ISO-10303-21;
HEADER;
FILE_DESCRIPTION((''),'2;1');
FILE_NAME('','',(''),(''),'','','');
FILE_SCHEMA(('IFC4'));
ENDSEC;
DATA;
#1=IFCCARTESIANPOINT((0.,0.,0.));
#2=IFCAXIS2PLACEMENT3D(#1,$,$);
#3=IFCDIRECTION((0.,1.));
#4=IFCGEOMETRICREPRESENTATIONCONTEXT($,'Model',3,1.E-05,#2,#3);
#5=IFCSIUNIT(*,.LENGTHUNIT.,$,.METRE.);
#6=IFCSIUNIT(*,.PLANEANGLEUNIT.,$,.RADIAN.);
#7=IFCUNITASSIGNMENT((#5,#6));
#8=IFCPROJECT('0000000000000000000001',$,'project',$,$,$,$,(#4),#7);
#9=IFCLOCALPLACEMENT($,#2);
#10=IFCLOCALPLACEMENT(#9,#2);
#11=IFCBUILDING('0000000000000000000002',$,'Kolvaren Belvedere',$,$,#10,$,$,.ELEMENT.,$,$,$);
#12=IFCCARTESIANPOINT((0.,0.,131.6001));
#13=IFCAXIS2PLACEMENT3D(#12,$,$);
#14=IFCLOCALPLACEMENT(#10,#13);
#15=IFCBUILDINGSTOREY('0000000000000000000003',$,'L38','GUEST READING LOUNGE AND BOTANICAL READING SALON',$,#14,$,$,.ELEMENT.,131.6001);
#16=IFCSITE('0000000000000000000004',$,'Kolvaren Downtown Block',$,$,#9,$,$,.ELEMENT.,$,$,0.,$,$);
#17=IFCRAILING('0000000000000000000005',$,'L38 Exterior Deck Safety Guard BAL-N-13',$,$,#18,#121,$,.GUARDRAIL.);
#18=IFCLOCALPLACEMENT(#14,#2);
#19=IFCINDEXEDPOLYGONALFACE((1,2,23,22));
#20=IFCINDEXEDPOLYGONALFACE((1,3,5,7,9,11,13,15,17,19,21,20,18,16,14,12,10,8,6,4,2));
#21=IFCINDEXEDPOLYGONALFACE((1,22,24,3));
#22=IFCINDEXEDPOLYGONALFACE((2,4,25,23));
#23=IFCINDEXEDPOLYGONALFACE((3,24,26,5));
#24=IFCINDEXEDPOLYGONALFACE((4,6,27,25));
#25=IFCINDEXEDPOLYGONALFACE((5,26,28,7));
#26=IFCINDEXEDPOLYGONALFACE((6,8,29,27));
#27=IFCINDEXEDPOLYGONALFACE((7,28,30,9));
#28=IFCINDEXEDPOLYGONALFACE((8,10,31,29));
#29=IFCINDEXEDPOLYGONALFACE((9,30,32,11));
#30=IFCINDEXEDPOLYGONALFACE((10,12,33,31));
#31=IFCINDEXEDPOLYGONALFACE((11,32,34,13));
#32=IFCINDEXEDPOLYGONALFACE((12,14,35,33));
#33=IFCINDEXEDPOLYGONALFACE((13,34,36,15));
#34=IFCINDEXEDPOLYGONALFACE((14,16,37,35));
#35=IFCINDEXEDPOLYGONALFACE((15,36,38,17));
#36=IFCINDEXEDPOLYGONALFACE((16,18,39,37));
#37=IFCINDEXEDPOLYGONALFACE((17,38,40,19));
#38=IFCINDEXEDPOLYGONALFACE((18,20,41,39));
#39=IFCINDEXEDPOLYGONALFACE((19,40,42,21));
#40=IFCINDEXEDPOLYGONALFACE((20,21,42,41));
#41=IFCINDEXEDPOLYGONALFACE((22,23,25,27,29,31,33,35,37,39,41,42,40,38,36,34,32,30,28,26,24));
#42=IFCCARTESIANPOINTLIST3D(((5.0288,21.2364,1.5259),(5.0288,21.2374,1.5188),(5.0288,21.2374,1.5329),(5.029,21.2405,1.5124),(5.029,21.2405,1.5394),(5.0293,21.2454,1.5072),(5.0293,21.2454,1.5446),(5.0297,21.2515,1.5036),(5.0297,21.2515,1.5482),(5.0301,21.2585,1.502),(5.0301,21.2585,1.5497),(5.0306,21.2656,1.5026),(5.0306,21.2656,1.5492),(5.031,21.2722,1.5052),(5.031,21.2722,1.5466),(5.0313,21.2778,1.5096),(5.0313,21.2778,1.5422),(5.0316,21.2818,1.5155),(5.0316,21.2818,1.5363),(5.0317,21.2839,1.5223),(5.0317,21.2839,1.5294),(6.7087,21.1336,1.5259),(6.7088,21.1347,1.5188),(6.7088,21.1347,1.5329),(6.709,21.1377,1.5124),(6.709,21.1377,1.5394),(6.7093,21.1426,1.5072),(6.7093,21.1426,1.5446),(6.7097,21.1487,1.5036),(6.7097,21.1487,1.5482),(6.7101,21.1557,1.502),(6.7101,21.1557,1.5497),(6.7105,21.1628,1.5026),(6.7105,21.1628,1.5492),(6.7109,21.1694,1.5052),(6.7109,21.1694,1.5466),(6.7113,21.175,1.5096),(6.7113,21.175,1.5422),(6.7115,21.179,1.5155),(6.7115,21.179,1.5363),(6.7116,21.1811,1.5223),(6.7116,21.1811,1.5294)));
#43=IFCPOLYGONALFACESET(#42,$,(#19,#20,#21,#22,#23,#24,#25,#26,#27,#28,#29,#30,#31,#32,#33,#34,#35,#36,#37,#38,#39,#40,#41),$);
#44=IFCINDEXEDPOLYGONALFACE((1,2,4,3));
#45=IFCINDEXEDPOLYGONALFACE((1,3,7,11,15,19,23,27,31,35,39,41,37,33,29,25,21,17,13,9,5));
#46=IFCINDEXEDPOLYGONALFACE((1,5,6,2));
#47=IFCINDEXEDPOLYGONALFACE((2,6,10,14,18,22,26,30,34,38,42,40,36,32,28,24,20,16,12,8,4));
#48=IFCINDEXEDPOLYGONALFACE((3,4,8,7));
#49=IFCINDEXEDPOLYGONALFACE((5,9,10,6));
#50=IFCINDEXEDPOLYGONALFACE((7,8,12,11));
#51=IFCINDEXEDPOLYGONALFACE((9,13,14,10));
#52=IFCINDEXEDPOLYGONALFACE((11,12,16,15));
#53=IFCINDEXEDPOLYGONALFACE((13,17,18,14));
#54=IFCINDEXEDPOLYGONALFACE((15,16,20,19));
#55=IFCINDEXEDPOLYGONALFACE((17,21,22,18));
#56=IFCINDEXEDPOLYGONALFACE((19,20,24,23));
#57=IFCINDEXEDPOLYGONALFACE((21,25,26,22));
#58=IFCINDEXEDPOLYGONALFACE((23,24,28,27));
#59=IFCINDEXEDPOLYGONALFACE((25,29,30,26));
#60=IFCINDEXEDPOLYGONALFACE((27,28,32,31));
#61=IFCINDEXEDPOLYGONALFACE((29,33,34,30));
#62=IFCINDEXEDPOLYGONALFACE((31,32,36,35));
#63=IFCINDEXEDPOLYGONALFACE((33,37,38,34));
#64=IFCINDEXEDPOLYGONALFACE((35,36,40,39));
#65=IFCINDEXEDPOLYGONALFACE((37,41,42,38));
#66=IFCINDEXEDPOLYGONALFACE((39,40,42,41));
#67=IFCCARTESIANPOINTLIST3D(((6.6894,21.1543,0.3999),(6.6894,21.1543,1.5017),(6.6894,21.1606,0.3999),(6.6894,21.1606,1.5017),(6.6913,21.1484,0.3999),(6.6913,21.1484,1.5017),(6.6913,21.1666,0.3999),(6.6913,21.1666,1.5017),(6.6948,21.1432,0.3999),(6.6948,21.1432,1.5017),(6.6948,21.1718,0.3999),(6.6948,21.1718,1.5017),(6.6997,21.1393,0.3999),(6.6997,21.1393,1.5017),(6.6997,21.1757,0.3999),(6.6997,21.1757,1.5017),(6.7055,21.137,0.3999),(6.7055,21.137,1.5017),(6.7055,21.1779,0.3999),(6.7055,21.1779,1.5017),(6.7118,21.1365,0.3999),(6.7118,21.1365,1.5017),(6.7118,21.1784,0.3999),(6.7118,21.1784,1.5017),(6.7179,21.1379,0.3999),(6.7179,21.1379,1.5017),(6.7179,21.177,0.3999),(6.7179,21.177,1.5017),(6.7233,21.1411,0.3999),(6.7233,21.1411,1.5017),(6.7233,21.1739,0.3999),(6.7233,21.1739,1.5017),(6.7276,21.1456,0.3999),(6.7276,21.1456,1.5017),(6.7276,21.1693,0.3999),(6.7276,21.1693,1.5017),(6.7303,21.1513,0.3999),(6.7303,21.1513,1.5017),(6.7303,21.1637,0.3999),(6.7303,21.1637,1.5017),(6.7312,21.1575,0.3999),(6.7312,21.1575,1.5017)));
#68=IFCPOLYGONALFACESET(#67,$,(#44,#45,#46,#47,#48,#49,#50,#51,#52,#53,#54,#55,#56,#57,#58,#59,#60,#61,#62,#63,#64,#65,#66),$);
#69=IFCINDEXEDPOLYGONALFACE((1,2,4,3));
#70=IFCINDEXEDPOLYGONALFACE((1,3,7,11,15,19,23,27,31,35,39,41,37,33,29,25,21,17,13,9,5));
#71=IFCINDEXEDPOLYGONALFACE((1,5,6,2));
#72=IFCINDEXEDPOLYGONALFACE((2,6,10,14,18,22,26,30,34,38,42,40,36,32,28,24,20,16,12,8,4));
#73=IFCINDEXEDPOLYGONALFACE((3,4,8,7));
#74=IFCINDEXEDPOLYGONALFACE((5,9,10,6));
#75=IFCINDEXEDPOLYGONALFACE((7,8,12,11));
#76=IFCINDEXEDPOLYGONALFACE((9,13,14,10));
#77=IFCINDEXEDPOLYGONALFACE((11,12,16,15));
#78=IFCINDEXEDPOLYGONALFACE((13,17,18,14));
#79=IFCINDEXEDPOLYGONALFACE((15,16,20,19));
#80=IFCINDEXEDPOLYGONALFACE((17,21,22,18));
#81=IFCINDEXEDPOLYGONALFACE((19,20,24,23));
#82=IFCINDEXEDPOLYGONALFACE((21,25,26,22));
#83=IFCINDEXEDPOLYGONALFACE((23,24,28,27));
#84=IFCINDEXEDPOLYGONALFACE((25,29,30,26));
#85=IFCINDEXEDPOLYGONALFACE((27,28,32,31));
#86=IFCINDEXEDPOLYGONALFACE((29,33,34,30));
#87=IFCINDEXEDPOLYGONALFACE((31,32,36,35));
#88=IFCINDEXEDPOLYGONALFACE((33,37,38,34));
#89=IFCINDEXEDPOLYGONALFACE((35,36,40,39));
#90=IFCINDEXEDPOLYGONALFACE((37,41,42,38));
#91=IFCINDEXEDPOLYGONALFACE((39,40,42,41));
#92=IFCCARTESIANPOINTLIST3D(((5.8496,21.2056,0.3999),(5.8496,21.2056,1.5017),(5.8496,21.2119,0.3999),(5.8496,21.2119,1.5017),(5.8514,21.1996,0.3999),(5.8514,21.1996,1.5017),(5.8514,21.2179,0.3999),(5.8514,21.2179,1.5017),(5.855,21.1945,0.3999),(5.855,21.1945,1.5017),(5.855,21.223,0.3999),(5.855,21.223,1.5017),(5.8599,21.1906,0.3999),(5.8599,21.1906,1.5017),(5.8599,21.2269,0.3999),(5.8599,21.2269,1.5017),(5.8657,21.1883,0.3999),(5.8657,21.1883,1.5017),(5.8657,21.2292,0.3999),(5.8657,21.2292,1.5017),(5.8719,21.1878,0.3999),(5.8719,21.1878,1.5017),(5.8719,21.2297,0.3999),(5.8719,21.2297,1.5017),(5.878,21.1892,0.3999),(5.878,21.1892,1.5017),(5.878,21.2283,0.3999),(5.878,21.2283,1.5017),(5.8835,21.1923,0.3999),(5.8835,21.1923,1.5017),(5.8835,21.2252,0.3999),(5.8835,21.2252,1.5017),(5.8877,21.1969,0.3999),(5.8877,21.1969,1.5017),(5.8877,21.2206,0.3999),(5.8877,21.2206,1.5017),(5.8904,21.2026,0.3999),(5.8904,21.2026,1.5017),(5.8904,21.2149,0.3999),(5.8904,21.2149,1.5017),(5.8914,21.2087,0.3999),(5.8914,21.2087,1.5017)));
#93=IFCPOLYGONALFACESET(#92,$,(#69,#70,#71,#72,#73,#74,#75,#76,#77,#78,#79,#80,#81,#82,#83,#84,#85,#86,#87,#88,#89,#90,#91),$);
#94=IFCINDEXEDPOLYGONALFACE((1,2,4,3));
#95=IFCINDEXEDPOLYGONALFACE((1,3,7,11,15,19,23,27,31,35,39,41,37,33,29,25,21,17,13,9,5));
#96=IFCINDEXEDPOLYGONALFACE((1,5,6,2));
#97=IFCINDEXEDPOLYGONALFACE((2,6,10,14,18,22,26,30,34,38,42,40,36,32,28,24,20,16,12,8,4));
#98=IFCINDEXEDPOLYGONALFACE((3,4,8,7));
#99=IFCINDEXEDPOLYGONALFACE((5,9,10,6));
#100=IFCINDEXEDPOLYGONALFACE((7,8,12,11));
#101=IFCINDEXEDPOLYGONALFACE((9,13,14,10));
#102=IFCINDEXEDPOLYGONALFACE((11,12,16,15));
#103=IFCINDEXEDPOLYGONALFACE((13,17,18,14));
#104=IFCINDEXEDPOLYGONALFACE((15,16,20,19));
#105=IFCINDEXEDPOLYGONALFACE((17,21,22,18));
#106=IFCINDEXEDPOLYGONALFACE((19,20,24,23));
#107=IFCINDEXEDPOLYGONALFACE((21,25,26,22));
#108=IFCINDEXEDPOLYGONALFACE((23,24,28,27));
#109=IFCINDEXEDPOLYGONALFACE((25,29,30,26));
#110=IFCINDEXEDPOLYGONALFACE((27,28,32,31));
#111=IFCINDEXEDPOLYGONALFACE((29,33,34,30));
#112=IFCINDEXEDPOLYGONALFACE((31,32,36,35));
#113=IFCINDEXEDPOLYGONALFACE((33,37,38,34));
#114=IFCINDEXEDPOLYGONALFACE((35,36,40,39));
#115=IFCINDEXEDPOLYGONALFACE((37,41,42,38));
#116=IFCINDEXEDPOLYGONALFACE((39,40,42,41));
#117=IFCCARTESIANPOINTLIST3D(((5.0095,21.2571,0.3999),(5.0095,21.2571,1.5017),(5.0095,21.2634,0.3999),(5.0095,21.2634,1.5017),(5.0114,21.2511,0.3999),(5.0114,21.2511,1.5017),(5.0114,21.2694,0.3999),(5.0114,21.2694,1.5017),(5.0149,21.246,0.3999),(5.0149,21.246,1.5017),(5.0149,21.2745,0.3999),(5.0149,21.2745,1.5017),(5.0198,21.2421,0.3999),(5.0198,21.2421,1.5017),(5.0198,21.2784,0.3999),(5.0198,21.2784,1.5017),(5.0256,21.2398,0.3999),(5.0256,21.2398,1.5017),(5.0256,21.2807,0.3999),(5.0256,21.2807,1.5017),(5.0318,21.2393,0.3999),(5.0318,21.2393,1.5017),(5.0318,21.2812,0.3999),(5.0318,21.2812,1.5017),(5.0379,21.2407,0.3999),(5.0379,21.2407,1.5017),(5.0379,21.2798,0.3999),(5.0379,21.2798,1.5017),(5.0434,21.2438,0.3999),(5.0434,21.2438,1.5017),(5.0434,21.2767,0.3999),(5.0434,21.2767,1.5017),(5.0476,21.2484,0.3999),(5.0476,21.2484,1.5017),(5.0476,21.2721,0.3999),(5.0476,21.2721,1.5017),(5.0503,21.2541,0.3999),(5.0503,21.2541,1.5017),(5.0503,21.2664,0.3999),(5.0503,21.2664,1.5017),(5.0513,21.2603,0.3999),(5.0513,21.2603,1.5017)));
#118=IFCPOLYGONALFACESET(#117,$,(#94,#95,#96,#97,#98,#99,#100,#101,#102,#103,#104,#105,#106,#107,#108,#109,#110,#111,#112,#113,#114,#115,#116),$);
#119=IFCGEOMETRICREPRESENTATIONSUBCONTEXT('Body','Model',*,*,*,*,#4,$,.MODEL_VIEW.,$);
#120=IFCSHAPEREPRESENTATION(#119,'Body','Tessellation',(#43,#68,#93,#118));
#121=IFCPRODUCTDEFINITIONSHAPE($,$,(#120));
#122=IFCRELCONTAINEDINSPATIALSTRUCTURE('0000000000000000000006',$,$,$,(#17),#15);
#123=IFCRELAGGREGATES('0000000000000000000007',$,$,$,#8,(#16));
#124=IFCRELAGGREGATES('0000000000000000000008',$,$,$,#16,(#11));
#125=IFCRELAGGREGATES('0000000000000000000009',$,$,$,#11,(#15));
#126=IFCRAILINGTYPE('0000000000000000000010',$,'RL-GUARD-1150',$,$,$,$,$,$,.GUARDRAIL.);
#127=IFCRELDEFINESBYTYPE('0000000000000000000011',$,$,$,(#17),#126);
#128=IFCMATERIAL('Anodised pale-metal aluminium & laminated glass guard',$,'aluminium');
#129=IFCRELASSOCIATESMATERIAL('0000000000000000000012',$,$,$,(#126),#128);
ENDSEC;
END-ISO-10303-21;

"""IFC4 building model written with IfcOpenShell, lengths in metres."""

from ifc_helpers import new_model, si_unit, direction, frame, origin, origin_2d, place, context, subcontext, project, spatial, circle, extrude, material, type_object, element, save


model = new_model("IFC4")

# Units and contexts
model_context = context("Model", 3, precision=1e-05, world=origin(), true_north=direction((0.0, 1.0)))
body_context = subcontext(model_context, "Body", "Model", "MODEL_VIEW")
ifc_project = project(units=[si_unit("LENGTHUNIT", "METRE"), si_unit("PLANEANGLEUNIT", "RADIAN")], contexts=[model_context])

# Site, building, storey
site_placement = place(None, origin())
site = spatial("IfcSite", under=ifc_project, at=site_placement, Name="Kolvaren Downtown Block", CompositionType="ELEMENT", RefElevation=0.0)
building_placement = place(site_placement, origin())
building = spatial("IfcBuilding", under=site, at=building_placement, Name="Kolvaren Belvedere", CompositionType="ELEMENT")
storey_placement = place(building_placement, frame((0.0, 0.0, 131.6001)))
storey = spatial("IfcBuildingStorey", under=building, at=storey_placement, Name="L38", Description="GUEST READING LOUNGE AND BOTANICAL READING SALON", CompositionType="ELEMENT", Elevation=131.6001)

# Railing
ifc_material_1 = material(Name="Anodised pale-metal aluminium & laminated glass guard", Category="aluminium")
railing_type = type_object("IfcRailingType", Name="RL-GUARD-1150", PredefinedType="GUARDRAIL", material=ifc_material_1)
railing_1_placement = place(storey_placement, frame((6.7102, 21.1575, 0.3999)))
element("IfcRailing", 1, at=railing_1_placement, inside=storey, type_object=railing_type, Name="L38 Exterior Deck Safety Guard BAL-N-13", PredefinedType="GUARDRAIL", context=body_context, shape_type="SweptSolid", body=[
    extrude(circle(Radius=0.0239, at=origin_2d()), frame((0.0, 0.0, 1.126), z_axis=(-0.998134, 0.061069, 0.0), x_axis=(-0.061069, -0.998134, 0.0)), (0.0, 0.0, 1.0), 1.6831),
    extrude(circle(Radius=0.021, at=origin_2d()), origin(), (0.0, 0.0, 1.0), 1.1018),
    extrude(circle(Radius=0.021, at=origin_2d()), frame((-0.8398, 0.0513, 0.0)), (0.0, 0.0, 1.0), 1.1018),
    extrude(circle(Radius=0.021, at=origin_2d()), frame((-1.6799, 0.1028, 0.0)), (0.0, 0.0, 1.0), 1.1018),
])

save(model, "model.ifc")
